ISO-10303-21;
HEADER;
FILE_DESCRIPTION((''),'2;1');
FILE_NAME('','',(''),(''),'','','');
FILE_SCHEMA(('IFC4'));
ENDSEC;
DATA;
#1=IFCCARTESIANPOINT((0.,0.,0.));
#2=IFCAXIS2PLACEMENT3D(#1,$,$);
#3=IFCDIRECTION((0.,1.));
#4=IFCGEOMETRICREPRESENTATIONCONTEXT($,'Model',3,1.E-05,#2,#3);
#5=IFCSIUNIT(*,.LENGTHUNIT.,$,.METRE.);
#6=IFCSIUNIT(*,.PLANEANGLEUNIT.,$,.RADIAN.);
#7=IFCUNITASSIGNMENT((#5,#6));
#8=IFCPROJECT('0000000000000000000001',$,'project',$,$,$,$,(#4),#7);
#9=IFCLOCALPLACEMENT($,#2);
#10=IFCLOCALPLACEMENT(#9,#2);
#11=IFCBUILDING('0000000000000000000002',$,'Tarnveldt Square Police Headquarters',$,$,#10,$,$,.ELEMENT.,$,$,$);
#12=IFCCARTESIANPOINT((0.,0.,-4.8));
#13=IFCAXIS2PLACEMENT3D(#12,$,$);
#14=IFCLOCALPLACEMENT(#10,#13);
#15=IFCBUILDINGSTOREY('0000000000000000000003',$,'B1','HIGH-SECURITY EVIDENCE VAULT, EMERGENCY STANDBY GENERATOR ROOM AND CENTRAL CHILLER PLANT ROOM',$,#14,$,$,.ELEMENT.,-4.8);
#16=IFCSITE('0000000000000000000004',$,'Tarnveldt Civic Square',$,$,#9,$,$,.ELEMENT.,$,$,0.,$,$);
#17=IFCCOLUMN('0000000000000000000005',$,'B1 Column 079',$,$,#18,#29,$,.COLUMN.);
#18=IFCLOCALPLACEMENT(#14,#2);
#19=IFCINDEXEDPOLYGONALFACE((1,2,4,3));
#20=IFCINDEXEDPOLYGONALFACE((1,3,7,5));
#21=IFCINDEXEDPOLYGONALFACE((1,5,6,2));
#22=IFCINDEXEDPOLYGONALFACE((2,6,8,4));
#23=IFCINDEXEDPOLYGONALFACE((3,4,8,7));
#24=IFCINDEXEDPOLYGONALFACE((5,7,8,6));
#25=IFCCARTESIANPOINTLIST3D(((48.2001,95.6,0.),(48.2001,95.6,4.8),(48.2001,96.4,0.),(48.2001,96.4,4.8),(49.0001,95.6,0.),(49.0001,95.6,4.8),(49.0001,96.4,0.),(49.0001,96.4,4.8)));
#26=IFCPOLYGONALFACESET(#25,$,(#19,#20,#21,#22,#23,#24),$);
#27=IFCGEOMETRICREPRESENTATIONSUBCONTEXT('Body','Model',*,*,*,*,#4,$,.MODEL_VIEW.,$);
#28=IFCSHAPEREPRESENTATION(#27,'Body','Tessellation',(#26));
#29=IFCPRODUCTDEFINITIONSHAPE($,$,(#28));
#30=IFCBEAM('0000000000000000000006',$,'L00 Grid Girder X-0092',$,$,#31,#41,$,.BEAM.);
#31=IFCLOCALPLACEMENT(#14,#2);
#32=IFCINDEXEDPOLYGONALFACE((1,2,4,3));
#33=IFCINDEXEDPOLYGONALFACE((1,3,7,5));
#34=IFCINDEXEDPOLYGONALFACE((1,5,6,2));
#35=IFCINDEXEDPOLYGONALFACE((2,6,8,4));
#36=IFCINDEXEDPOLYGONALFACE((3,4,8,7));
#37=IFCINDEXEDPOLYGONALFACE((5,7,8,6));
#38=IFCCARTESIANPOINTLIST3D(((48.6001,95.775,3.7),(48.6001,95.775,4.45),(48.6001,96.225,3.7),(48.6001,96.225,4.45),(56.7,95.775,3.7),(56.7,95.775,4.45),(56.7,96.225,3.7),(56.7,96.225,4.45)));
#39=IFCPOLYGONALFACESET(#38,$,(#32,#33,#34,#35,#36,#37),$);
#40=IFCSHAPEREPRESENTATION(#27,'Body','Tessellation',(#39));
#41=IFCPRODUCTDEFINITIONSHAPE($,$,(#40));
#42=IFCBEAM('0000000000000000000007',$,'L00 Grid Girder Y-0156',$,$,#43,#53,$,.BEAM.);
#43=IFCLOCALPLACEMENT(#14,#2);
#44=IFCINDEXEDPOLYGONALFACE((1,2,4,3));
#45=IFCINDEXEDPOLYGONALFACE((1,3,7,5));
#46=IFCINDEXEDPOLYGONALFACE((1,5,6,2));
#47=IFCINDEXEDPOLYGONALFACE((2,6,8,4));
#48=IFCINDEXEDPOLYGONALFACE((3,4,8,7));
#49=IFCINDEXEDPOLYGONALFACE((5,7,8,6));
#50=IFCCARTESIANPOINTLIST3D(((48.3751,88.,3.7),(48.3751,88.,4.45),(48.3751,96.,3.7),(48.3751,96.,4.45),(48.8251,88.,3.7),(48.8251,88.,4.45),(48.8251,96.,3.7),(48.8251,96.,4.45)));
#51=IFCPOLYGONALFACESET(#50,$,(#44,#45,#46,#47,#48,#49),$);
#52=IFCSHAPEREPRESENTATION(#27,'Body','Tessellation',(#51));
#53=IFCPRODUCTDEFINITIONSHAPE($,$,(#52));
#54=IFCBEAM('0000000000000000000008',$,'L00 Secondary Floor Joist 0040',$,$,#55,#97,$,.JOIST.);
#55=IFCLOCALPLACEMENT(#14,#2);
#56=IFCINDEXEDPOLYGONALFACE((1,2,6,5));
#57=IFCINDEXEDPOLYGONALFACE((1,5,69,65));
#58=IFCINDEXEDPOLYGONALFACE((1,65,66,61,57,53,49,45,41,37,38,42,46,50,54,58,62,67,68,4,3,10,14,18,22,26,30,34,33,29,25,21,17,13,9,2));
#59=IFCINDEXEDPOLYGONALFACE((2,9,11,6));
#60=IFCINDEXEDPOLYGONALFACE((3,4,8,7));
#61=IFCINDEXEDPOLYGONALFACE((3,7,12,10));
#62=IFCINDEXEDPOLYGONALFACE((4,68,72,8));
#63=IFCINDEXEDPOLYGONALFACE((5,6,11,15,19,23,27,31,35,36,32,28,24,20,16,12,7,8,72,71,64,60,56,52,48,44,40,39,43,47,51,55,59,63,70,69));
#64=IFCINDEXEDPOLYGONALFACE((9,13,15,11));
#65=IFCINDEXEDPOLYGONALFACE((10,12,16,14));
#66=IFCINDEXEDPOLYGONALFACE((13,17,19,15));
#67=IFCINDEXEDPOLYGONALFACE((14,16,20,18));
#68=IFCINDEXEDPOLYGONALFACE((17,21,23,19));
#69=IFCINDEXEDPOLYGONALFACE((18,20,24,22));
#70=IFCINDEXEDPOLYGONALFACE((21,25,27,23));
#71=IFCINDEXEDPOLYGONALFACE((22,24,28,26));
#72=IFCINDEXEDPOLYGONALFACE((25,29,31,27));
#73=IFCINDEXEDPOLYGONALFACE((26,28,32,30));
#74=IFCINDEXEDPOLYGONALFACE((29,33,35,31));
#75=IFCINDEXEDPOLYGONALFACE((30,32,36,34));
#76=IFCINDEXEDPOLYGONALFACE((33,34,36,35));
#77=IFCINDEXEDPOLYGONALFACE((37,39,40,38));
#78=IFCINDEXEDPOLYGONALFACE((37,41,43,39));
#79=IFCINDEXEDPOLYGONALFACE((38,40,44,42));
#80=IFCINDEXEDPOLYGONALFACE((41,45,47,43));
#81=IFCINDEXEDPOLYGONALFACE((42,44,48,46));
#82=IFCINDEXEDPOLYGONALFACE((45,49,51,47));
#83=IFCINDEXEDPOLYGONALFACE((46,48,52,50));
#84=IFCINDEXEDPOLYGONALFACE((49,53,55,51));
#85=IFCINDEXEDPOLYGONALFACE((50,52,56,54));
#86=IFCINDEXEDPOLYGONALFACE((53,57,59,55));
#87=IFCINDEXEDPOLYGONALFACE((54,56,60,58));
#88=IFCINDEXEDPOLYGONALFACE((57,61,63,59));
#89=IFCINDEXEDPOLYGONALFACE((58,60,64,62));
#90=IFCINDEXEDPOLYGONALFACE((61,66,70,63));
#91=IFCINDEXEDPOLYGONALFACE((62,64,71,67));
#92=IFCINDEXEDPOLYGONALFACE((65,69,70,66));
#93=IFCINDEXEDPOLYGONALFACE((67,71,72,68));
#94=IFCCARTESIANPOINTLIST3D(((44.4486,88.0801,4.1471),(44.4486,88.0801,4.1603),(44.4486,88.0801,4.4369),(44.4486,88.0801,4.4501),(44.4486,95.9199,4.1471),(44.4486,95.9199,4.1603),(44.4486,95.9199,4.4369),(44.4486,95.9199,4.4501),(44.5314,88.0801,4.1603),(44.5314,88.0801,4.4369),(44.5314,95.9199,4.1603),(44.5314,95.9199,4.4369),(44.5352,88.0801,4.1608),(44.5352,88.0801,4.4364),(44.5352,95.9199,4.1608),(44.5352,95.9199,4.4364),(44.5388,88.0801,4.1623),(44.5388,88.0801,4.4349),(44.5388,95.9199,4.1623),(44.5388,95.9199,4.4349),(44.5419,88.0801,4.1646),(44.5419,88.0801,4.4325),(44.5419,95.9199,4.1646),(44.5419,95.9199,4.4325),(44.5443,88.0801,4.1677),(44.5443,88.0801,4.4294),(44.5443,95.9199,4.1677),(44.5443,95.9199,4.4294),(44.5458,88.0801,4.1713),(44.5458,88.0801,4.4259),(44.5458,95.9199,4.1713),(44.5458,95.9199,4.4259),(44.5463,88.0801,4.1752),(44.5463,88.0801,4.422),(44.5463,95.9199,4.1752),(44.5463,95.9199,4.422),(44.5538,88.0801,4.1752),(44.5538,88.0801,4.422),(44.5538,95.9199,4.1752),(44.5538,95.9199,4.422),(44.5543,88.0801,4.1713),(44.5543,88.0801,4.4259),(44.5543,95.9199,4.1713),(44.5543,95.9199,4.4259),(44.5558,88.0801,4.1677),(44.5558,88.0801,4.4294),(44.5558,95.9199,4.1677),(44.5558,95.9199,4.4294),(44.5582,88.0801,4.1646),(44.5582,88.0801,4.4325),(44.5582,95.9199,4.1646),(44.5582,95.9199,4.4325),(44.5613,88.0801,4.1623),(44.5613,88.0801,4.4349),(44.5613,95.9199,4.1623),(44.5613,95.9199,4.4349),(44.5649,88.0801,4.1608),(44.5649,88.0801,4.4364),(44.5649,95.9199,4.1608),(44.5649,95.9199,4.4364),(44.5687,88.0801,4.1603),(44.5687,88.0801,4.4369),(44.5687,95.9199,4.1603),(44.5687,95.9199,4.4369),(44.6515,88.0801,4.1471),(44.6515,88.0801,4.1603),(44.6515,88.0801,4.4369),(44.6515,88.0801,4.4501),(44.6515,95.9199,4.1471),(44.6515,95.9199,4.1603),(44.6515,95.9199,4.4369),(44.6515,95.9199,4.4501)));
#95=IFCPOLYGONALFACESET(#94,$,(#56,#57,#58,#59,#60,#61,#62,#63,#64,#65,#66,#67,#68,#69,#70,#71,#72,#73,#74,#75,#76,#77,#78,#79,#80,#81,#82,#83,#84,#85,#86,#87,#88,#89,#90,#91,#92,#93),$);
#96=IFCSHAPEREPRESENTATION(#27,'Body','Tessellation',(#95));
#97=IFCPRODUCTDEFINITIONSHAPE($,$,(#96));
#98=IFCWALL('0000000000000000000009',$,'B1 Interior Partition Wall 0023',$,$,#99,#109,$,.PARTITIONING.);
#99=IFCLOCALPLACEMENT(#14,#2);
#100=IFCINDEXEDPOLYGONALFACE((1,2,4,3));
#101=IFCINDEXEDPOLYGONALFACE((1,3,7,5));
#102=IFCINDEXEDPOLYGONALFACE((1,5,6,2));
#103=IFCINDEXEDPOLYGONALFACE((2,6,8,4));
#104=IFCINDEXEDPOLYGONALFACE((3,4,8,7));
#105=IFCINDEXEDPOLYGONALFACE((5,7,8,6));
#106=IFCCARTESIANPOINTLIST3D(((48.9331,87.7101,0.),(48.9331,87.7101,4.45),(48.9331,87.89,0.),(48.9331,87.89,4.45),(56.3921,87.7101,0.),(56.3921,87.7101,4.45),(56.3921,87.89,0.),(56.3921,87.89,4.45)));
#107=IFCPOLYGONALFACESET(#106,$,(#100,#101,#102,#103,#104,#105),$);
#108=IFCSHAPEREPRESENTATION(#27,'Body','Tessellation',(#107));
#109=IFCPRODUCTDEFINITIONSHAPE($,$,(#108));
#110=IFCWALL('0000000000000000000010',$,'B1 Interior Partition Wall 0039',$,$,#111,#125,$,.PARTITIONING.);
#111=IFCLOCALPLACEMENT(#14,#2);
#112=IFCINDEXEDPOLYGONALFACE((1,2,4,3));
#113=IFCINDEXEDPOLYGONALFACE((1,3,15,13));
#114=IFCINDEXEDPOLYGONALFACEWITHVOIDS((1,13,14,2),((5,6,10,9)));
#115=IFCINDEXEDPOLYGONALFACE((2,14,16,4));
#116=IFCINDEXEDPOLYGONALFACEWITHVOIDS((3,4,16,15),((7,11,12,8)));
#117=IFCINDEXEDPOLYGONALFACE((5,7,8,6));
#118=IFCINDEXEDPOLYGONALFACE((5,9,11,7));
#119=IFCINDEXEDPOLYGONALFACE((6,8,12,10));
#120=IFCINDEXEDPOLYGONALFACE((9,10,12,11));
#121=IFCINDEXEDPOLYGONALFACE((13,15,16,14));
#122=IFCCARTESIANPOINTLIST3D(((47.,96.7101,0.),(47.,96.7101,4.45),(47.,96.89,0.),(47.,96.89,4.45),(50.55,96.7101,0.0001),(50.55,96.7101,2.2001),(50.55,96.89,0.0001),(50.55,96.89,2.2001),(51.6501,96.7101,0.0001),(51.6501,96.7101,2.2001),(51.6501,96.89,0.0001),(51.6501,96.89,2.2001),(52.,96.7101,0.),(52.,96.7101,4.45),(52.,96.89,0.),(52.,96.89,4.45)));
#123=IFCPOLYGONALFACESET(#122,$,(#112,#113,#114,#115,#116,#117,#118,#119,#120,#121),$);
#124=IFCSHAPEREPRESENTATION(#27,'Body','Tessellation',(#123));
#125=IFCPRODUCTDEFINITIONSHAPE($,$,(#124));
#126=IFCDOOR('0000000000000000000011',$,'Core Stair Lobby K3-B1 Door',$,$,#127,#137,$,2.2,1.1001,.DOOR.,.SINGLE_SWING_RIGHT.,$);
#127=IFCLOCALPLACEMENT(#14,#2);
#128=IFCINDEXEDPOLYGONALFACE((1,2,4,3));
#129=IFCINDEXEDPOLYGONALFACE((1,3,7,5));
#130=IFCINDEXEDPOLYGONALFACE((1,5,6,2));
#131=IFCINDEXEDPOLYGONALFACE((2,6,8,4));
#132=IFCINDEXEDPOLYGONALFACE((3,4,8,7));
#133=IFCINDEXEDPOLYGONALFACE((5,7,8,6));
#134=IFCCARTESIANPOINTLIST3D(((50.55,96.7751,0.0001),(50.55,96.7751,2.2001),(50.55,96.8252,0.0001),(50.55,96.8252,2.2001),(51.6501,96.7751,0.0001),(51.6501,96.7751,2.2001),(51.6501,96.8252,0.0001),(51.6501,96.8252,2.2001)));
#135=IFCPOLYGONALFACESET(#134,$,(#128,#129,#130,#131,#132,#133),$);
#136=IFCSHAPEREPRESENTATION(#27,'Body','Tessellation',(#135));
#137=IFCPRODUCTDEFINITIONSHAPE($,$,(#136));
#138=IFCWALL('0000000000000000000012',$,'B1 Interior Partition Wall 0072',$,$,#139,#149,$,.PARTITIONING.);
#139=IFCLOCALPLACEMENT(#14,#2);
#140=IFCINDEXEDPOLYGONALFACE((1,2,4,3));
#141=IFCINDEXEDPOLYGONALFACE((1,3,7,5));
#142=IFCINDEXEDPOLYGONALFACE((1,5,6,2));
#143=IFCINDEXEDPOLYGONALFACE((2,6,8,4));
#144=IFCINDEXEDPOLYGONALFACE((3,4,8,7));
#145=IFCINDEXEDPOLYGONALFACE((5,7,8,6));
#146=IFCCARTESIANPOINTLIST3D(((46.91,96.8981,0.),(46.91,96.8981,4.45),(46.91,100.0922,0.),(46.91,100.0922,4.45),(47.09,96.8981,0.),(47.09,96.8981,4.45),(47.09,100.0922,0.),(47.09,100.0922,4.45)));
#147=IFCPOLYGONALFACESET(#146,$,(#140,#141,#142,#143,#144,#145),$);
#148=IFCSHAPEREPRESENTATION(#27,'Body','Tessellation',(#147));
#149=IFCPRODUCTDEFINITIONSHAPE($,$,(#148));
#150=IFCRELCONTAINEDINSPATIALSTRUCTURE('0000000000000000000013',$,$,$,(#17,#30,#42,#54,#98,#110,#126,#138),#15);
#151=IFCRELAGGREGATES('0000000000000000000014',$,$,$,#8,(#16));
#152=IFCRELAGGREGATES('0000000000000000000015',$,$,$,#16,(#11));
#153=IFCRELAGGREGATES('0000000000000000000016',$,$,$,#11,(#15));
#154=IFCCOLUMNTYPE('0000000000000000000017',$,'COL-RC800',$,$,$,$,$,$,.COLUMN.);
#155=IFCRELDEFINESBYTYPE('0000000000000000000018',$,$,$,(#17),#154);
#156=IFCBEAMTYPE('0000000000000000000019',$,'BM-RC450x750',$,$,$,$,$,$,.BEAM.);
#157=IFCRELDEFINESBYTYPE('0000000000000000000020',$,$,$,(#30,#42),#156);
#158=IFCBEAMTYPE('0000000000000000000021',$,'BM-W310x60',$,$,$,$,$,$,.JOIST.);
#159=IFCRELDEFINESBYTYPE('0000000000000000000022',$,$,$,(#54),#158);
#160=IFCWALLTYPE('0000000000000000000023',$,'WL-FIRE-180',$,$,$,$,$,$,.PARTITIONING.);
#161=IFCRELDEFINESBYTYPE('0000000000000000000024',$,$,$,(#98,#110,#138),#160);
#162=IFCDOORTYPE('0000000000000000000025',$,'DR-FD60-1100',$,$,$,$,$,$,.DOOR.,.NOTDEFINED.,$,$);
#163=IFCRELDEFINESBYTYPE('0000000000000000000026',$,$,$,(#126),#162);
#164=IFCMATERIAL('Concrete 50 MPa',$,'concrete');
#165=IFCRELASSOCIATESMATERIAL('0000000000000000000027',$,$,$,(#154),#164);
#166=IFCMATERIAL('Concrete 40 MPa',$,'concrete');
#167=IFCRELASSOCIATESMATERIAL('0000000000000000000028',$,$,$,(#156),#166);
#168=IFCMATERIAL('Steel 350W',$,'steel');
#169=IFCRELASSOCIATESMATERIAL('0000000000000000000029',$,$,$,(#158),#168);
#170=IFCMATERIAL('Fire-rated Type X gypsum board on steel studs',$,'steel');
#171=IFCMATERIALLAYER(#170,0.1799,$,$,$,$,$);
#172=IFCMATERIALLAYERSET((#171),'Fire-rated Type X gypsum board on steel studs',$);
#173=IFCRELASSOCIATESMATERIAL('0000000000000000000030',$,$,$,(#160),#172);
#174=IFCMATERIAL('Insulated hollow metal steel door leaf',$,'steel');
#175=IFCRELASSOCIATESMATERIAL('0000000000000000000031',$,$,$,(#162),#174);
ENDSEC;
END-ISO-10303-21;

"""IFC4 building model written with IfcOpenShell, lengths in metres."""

from ifc_helpers import new_model, si_unit, direction, frame, frame_2d, origin, origin_2d, place, context, subcontext, project, spatial, rectangle, i_section, extrude, material, layer, layer_set, material_profile, profile_set, type_object, element, fill, save


model = new_model("IFC4")

# Units and contexts
model_context = context("Model", 3, precision=1e-05, world=origin(), true_north=direction((0.0, 1.0)))
body_context = subcontext(model_context, "Body", "Model", "MODEL_VIEW")
ifc_project = project(units=[si_unit("LENGTHUNIT", "METRE"), si_unit("PLANEANGLEUNIT", "RADIAN")], contexts=[model_context])

# Site, building, storey
site_placement = place(None, origin())
site = spatial("IfcSite", under=ifc_project, at=site_placement, Name="Tarnveldt Civic Square", CompositionType="ELEMENT", RefElevation=0.0)
building_placement = place(site_placement, origin())
building = spatial("IfcBuilding", under=site, at=building_placement, Name="Tarnveldt Square Police Headquarters", CompositionType="ELEMENT")
storey_placement = place(building_placement, frame((0.0, 0.0, -4.8)))
storey = spatial("IfcBuildingStorey", under=building, at=storey_placement, Name="B1", Description="HIGH-SECURITY EVIDENCE VAULT, EMERGENCY STANDBY GENERATOR ROOM AND CENTRAL CHILLER PLANT ROOM", CompositionType="ELEMENT", Elevation=-4.8)

# Column
ifc_material_1 = material(Name="Concrete 50 MPa", Category="concrete")
ifc_material_profile_1 = material_profile(ifc_material_1, rectangle(XDim=0.8, YDim=0.8, at=origin_2d()), Name="RC-C800x800")
ifc_profile_set_1 = profile_set([ifc_material_profile_1], Name="Concrete 50 MPa")
column_type_1 = type_object("IfcColumnType", Name="COL-RC800", PredefinedType="COLUMN", material=ifc_profile_set_1)
column_1_placement = place(storey_placement, frame((48.6001, 96.0, 0.0), z_axis=(0.0, 0.0, 1.0), x_axis=(1.0, 0.0, 0.0)))
element("IfcColumn", 1, at=column_1_placement, inside=storey, type_object=column_type_1, Name="B1 Column 079", PredefinedType="COLUMN", context=body_context, shape_type="SweptSolid", body=[
    extrude(rectangle(XDim=0.8, YDim=0.8, at=origin_2d()), origin(), (0.0, 0.0, 1.0), 4.8),
])

# Beams
ifc_material_2 = material(Name="Concrete 40 MPa", Category="concrete")
ifc_material_profile_2 = material_profile(ifc_material_2, rectangle(XDim=0.45, YDim=0.75, at=origin_2d()), Name="RC-B450x750")
ifc_profile_set_2 = profile_set([ifc_material_profile_2], Name="Concrete 40 MPa")
beam_type_1 = type_object("IfcBeamType", Name="BM-RC450x750", PredefinedType="BEAM", material=ifc_profile_set_2)
beam_1_placement = place(storey_placement, frame((48.6001, 96.0, 4.075), z_axis=(1.0, 0.0, 0.0), x_axis=(0.0, 1.0, 0.0)))
element("IfcBeam", 2, at=beam_1_placement, inside=storey, type_object=beam_type_1, Name="L00 Grid Girder X-0092", PredefinedType="BEAM", context=body_context, shape_type="SweptSolid", body=[
    extrude(rectangle(XDim=0.45, YDim=0.75, at=origin_2d()), origin(), (0.0, 0.0, 1.0), 8.0999),
])
beam_2_placement = place(storey_placement, frame((48.6001, 88.0, 4.075), z_axis=(0.0, 1.0, 0.0), x_axis=(-1.0, 0.0, 0.0)))
element("IfcBeam", 3, at=beam_2_placement, inside=storey, type_object=beam_type_1, Name="L00 Grid Girder Y-0156", PredefinedType="BEAM", context=body_context, shape_type="SweptSolid", body=[
    extrude(rectangle(XDim=0.45, YDim=0.75, at=origin_2d()), origin(), (0.0, 0.0, 1.0), 8.0),
])
ifc_material_3 = material(Name="Steel 350W", Category="steel")
ifc_material_profile_3 = material_profile(ifc_material_3, i_section(OverallWidth=0.2029, OverallDepth=0.303, WebThickness=0.0076, FlangeThickness=0.0132, FilletRadius=0.0149, at=origin_2d()), Name="W310x60")
ifc_profile_set_3 = profile_set([ifc_material_profile_3], Name="Steel 350W")
beam_type_2 = type_object("IfcBeamType", Name="BM-W310x60", PredefinedType="JOIST", material=ifc_profile_set_3)
beam_3_placement = place(storey_placement, frame((44.55, 88.0801, 4.2986), z_axis=(0.0, 1.0, 0.0), x_axis=(-1.0, 0.0, 0.0)))
element("IfcBeam", 4, at=beam_3_placement, inside=storey, type_object=beam_type_2, Name="L00 Secondary Floor Joist 0040", PredefinedType="JOIST", context=body_context, shape_type="SweptSolid", body=[
    extrude(i_section(OverallWidth=0.2029, OverallDepth=0.303, WebThickness=0.0076, FlangeThickness=0.0132, FilletRadius=0.0149, at=origin_2d()), origin(), (0.0, 0.0, 1.0), 7.8398),
])

# Wall
ifc_material_4 = material(Name="Fire-rated Type X gypsum board on steel studs", Category="steel")
ifc_layer_1 = layer(ifc_material_4, 0.1799)
ifc_layer_set_1 = layer_set([ifc_layer_1], Name="Fire-rated Type X gypsum board on steel studs")
wall_type_1 = type_object("IfcWallType", Name="WL-FIRE-180", PredefinedType="PARTITIONING", material=ifc_layer_set_1)
wall_1_placement = place(storey_placement, frame((48.9331, 87.8, 0.0), z_axis=(0.0, 0.0, 1.0), x_axis=(1.0, 0.0, 0.0)))
element("IfcWall", 5, at=wall_1_placement, inside=storey, type_object=wall_type_1, Name="B1 Interior Partition Wall 0023", PredefinedType="PARTITIONING", context=body_context, shape_type="SweptSolid", body=[
    extrude(rectangle(XDim=7.459, YDim=0.1799, at=frame_2d((3.7295, 0.0))), origin(), (0.0, 0.0, 1.0), 4.45),
])

# Wall, opening, door
wall_2_placement = place(storey_placement, frame((47.0, 96.8, 0.0), z_axis=(0.0, 0.0, 1.0), x_axis=(1.0, 0.0, 0.0)))
wall_2 = element("IfcWall", 6, at=wall_2_placement, inside=storey, type_object=wall_type_1, Name="B1 Interior Partition Wall 0039", PredefinedType="PARTITIONING", context=body_context, shape_type="SweptSolid", body=[
    extrude(rectangle(XDim=5.0, YDim=0.1799, at=frame_2d((2.5, 0.0))), origin(), (0.0, 0.0, 1.0), 4.45),
])
opening_1_placement = place(wall_2_placement, frame((3.55, 0.0, 0.0)))
opening_1 = element("IfcOpeningElement", 7, at=opening_1_placement, cuts=wall_2, PredefinedType="OPENING", context=body_context, shape_type="SweptSolid", body=[
    extrude(rectangle(XDim=1.1001, YDim=2.2, at=frame_2d((0.55, 1.1001))), frame((0.0, 0.0999, 0.0), z_axis=(0.0, -1.0, 0.0), x_axis=(1.0, 0.0, 0.0)), (0.0, 0.0, 1.0), 0.2),
])
ifc_material_5 = material(Name="Insulated hollow metal steel door leaf", Category="steel")
door_type_1 = type_object("IfcDoorType", Name="DR-FD60-1100", OperationType="NOTDEFINED", PredefinedType="DOOR", material=ifc_material_5)
door_1_placement = place(opening_1_placement, frame((1.1001, 0.0, 0.0), z_axis=(0.0, 0.0, 1.0), x_axis=(-1.0, 0.0, 0.0)))
door_1 = element("IfcDoor", 8, at=door_1_placement, inside=storey, type_object=door_type_1, Name="Core Stair Lobby K3-B1 Door", OperationType="SINGLE_SWING_RIGHT", OverallHeight=2.2, OverallWidth=1.1001, PredefinedType="DOOR", context=body_context, shape_type="SweptSolid", body=[
    extrude(rectangle(XDim=1.1001, YDim=2.2, at=frame_2d((0.55, 1.1001))), frame((0.0, 0.0249, 0.0), z_axis=(0.0, -1.0, 0.0), x_axis=(1.0, 0.0, 0.0)), (0.0, 0.0, 1.0), 0.05),
])
fill(opening_1, door_1)

# Wall
wall_3_placement = place(storey_placement, frame((47.0, 96.8979, 0.0), z_axis=(0.0, 0.0, 1.0), x_axis=(0.0, 1.0, 0.0)))
element("IfcWall", 9, at=wall_3_placement, inside=storey, type_object=wall_type_1, Name="B1 Interior Partition Wall 0072", PredefinedType="PARTITIONING", context=body_context, shape_type="SweptSolid", body=[
    extrude(rectangle(XDim=3.1941, YDim=0.1799, at=frame_2d((1.5972, 0.0))), origin(), (0.0, 0.0, 1.0), 4.45),
])

save(model, "model.ifc")
